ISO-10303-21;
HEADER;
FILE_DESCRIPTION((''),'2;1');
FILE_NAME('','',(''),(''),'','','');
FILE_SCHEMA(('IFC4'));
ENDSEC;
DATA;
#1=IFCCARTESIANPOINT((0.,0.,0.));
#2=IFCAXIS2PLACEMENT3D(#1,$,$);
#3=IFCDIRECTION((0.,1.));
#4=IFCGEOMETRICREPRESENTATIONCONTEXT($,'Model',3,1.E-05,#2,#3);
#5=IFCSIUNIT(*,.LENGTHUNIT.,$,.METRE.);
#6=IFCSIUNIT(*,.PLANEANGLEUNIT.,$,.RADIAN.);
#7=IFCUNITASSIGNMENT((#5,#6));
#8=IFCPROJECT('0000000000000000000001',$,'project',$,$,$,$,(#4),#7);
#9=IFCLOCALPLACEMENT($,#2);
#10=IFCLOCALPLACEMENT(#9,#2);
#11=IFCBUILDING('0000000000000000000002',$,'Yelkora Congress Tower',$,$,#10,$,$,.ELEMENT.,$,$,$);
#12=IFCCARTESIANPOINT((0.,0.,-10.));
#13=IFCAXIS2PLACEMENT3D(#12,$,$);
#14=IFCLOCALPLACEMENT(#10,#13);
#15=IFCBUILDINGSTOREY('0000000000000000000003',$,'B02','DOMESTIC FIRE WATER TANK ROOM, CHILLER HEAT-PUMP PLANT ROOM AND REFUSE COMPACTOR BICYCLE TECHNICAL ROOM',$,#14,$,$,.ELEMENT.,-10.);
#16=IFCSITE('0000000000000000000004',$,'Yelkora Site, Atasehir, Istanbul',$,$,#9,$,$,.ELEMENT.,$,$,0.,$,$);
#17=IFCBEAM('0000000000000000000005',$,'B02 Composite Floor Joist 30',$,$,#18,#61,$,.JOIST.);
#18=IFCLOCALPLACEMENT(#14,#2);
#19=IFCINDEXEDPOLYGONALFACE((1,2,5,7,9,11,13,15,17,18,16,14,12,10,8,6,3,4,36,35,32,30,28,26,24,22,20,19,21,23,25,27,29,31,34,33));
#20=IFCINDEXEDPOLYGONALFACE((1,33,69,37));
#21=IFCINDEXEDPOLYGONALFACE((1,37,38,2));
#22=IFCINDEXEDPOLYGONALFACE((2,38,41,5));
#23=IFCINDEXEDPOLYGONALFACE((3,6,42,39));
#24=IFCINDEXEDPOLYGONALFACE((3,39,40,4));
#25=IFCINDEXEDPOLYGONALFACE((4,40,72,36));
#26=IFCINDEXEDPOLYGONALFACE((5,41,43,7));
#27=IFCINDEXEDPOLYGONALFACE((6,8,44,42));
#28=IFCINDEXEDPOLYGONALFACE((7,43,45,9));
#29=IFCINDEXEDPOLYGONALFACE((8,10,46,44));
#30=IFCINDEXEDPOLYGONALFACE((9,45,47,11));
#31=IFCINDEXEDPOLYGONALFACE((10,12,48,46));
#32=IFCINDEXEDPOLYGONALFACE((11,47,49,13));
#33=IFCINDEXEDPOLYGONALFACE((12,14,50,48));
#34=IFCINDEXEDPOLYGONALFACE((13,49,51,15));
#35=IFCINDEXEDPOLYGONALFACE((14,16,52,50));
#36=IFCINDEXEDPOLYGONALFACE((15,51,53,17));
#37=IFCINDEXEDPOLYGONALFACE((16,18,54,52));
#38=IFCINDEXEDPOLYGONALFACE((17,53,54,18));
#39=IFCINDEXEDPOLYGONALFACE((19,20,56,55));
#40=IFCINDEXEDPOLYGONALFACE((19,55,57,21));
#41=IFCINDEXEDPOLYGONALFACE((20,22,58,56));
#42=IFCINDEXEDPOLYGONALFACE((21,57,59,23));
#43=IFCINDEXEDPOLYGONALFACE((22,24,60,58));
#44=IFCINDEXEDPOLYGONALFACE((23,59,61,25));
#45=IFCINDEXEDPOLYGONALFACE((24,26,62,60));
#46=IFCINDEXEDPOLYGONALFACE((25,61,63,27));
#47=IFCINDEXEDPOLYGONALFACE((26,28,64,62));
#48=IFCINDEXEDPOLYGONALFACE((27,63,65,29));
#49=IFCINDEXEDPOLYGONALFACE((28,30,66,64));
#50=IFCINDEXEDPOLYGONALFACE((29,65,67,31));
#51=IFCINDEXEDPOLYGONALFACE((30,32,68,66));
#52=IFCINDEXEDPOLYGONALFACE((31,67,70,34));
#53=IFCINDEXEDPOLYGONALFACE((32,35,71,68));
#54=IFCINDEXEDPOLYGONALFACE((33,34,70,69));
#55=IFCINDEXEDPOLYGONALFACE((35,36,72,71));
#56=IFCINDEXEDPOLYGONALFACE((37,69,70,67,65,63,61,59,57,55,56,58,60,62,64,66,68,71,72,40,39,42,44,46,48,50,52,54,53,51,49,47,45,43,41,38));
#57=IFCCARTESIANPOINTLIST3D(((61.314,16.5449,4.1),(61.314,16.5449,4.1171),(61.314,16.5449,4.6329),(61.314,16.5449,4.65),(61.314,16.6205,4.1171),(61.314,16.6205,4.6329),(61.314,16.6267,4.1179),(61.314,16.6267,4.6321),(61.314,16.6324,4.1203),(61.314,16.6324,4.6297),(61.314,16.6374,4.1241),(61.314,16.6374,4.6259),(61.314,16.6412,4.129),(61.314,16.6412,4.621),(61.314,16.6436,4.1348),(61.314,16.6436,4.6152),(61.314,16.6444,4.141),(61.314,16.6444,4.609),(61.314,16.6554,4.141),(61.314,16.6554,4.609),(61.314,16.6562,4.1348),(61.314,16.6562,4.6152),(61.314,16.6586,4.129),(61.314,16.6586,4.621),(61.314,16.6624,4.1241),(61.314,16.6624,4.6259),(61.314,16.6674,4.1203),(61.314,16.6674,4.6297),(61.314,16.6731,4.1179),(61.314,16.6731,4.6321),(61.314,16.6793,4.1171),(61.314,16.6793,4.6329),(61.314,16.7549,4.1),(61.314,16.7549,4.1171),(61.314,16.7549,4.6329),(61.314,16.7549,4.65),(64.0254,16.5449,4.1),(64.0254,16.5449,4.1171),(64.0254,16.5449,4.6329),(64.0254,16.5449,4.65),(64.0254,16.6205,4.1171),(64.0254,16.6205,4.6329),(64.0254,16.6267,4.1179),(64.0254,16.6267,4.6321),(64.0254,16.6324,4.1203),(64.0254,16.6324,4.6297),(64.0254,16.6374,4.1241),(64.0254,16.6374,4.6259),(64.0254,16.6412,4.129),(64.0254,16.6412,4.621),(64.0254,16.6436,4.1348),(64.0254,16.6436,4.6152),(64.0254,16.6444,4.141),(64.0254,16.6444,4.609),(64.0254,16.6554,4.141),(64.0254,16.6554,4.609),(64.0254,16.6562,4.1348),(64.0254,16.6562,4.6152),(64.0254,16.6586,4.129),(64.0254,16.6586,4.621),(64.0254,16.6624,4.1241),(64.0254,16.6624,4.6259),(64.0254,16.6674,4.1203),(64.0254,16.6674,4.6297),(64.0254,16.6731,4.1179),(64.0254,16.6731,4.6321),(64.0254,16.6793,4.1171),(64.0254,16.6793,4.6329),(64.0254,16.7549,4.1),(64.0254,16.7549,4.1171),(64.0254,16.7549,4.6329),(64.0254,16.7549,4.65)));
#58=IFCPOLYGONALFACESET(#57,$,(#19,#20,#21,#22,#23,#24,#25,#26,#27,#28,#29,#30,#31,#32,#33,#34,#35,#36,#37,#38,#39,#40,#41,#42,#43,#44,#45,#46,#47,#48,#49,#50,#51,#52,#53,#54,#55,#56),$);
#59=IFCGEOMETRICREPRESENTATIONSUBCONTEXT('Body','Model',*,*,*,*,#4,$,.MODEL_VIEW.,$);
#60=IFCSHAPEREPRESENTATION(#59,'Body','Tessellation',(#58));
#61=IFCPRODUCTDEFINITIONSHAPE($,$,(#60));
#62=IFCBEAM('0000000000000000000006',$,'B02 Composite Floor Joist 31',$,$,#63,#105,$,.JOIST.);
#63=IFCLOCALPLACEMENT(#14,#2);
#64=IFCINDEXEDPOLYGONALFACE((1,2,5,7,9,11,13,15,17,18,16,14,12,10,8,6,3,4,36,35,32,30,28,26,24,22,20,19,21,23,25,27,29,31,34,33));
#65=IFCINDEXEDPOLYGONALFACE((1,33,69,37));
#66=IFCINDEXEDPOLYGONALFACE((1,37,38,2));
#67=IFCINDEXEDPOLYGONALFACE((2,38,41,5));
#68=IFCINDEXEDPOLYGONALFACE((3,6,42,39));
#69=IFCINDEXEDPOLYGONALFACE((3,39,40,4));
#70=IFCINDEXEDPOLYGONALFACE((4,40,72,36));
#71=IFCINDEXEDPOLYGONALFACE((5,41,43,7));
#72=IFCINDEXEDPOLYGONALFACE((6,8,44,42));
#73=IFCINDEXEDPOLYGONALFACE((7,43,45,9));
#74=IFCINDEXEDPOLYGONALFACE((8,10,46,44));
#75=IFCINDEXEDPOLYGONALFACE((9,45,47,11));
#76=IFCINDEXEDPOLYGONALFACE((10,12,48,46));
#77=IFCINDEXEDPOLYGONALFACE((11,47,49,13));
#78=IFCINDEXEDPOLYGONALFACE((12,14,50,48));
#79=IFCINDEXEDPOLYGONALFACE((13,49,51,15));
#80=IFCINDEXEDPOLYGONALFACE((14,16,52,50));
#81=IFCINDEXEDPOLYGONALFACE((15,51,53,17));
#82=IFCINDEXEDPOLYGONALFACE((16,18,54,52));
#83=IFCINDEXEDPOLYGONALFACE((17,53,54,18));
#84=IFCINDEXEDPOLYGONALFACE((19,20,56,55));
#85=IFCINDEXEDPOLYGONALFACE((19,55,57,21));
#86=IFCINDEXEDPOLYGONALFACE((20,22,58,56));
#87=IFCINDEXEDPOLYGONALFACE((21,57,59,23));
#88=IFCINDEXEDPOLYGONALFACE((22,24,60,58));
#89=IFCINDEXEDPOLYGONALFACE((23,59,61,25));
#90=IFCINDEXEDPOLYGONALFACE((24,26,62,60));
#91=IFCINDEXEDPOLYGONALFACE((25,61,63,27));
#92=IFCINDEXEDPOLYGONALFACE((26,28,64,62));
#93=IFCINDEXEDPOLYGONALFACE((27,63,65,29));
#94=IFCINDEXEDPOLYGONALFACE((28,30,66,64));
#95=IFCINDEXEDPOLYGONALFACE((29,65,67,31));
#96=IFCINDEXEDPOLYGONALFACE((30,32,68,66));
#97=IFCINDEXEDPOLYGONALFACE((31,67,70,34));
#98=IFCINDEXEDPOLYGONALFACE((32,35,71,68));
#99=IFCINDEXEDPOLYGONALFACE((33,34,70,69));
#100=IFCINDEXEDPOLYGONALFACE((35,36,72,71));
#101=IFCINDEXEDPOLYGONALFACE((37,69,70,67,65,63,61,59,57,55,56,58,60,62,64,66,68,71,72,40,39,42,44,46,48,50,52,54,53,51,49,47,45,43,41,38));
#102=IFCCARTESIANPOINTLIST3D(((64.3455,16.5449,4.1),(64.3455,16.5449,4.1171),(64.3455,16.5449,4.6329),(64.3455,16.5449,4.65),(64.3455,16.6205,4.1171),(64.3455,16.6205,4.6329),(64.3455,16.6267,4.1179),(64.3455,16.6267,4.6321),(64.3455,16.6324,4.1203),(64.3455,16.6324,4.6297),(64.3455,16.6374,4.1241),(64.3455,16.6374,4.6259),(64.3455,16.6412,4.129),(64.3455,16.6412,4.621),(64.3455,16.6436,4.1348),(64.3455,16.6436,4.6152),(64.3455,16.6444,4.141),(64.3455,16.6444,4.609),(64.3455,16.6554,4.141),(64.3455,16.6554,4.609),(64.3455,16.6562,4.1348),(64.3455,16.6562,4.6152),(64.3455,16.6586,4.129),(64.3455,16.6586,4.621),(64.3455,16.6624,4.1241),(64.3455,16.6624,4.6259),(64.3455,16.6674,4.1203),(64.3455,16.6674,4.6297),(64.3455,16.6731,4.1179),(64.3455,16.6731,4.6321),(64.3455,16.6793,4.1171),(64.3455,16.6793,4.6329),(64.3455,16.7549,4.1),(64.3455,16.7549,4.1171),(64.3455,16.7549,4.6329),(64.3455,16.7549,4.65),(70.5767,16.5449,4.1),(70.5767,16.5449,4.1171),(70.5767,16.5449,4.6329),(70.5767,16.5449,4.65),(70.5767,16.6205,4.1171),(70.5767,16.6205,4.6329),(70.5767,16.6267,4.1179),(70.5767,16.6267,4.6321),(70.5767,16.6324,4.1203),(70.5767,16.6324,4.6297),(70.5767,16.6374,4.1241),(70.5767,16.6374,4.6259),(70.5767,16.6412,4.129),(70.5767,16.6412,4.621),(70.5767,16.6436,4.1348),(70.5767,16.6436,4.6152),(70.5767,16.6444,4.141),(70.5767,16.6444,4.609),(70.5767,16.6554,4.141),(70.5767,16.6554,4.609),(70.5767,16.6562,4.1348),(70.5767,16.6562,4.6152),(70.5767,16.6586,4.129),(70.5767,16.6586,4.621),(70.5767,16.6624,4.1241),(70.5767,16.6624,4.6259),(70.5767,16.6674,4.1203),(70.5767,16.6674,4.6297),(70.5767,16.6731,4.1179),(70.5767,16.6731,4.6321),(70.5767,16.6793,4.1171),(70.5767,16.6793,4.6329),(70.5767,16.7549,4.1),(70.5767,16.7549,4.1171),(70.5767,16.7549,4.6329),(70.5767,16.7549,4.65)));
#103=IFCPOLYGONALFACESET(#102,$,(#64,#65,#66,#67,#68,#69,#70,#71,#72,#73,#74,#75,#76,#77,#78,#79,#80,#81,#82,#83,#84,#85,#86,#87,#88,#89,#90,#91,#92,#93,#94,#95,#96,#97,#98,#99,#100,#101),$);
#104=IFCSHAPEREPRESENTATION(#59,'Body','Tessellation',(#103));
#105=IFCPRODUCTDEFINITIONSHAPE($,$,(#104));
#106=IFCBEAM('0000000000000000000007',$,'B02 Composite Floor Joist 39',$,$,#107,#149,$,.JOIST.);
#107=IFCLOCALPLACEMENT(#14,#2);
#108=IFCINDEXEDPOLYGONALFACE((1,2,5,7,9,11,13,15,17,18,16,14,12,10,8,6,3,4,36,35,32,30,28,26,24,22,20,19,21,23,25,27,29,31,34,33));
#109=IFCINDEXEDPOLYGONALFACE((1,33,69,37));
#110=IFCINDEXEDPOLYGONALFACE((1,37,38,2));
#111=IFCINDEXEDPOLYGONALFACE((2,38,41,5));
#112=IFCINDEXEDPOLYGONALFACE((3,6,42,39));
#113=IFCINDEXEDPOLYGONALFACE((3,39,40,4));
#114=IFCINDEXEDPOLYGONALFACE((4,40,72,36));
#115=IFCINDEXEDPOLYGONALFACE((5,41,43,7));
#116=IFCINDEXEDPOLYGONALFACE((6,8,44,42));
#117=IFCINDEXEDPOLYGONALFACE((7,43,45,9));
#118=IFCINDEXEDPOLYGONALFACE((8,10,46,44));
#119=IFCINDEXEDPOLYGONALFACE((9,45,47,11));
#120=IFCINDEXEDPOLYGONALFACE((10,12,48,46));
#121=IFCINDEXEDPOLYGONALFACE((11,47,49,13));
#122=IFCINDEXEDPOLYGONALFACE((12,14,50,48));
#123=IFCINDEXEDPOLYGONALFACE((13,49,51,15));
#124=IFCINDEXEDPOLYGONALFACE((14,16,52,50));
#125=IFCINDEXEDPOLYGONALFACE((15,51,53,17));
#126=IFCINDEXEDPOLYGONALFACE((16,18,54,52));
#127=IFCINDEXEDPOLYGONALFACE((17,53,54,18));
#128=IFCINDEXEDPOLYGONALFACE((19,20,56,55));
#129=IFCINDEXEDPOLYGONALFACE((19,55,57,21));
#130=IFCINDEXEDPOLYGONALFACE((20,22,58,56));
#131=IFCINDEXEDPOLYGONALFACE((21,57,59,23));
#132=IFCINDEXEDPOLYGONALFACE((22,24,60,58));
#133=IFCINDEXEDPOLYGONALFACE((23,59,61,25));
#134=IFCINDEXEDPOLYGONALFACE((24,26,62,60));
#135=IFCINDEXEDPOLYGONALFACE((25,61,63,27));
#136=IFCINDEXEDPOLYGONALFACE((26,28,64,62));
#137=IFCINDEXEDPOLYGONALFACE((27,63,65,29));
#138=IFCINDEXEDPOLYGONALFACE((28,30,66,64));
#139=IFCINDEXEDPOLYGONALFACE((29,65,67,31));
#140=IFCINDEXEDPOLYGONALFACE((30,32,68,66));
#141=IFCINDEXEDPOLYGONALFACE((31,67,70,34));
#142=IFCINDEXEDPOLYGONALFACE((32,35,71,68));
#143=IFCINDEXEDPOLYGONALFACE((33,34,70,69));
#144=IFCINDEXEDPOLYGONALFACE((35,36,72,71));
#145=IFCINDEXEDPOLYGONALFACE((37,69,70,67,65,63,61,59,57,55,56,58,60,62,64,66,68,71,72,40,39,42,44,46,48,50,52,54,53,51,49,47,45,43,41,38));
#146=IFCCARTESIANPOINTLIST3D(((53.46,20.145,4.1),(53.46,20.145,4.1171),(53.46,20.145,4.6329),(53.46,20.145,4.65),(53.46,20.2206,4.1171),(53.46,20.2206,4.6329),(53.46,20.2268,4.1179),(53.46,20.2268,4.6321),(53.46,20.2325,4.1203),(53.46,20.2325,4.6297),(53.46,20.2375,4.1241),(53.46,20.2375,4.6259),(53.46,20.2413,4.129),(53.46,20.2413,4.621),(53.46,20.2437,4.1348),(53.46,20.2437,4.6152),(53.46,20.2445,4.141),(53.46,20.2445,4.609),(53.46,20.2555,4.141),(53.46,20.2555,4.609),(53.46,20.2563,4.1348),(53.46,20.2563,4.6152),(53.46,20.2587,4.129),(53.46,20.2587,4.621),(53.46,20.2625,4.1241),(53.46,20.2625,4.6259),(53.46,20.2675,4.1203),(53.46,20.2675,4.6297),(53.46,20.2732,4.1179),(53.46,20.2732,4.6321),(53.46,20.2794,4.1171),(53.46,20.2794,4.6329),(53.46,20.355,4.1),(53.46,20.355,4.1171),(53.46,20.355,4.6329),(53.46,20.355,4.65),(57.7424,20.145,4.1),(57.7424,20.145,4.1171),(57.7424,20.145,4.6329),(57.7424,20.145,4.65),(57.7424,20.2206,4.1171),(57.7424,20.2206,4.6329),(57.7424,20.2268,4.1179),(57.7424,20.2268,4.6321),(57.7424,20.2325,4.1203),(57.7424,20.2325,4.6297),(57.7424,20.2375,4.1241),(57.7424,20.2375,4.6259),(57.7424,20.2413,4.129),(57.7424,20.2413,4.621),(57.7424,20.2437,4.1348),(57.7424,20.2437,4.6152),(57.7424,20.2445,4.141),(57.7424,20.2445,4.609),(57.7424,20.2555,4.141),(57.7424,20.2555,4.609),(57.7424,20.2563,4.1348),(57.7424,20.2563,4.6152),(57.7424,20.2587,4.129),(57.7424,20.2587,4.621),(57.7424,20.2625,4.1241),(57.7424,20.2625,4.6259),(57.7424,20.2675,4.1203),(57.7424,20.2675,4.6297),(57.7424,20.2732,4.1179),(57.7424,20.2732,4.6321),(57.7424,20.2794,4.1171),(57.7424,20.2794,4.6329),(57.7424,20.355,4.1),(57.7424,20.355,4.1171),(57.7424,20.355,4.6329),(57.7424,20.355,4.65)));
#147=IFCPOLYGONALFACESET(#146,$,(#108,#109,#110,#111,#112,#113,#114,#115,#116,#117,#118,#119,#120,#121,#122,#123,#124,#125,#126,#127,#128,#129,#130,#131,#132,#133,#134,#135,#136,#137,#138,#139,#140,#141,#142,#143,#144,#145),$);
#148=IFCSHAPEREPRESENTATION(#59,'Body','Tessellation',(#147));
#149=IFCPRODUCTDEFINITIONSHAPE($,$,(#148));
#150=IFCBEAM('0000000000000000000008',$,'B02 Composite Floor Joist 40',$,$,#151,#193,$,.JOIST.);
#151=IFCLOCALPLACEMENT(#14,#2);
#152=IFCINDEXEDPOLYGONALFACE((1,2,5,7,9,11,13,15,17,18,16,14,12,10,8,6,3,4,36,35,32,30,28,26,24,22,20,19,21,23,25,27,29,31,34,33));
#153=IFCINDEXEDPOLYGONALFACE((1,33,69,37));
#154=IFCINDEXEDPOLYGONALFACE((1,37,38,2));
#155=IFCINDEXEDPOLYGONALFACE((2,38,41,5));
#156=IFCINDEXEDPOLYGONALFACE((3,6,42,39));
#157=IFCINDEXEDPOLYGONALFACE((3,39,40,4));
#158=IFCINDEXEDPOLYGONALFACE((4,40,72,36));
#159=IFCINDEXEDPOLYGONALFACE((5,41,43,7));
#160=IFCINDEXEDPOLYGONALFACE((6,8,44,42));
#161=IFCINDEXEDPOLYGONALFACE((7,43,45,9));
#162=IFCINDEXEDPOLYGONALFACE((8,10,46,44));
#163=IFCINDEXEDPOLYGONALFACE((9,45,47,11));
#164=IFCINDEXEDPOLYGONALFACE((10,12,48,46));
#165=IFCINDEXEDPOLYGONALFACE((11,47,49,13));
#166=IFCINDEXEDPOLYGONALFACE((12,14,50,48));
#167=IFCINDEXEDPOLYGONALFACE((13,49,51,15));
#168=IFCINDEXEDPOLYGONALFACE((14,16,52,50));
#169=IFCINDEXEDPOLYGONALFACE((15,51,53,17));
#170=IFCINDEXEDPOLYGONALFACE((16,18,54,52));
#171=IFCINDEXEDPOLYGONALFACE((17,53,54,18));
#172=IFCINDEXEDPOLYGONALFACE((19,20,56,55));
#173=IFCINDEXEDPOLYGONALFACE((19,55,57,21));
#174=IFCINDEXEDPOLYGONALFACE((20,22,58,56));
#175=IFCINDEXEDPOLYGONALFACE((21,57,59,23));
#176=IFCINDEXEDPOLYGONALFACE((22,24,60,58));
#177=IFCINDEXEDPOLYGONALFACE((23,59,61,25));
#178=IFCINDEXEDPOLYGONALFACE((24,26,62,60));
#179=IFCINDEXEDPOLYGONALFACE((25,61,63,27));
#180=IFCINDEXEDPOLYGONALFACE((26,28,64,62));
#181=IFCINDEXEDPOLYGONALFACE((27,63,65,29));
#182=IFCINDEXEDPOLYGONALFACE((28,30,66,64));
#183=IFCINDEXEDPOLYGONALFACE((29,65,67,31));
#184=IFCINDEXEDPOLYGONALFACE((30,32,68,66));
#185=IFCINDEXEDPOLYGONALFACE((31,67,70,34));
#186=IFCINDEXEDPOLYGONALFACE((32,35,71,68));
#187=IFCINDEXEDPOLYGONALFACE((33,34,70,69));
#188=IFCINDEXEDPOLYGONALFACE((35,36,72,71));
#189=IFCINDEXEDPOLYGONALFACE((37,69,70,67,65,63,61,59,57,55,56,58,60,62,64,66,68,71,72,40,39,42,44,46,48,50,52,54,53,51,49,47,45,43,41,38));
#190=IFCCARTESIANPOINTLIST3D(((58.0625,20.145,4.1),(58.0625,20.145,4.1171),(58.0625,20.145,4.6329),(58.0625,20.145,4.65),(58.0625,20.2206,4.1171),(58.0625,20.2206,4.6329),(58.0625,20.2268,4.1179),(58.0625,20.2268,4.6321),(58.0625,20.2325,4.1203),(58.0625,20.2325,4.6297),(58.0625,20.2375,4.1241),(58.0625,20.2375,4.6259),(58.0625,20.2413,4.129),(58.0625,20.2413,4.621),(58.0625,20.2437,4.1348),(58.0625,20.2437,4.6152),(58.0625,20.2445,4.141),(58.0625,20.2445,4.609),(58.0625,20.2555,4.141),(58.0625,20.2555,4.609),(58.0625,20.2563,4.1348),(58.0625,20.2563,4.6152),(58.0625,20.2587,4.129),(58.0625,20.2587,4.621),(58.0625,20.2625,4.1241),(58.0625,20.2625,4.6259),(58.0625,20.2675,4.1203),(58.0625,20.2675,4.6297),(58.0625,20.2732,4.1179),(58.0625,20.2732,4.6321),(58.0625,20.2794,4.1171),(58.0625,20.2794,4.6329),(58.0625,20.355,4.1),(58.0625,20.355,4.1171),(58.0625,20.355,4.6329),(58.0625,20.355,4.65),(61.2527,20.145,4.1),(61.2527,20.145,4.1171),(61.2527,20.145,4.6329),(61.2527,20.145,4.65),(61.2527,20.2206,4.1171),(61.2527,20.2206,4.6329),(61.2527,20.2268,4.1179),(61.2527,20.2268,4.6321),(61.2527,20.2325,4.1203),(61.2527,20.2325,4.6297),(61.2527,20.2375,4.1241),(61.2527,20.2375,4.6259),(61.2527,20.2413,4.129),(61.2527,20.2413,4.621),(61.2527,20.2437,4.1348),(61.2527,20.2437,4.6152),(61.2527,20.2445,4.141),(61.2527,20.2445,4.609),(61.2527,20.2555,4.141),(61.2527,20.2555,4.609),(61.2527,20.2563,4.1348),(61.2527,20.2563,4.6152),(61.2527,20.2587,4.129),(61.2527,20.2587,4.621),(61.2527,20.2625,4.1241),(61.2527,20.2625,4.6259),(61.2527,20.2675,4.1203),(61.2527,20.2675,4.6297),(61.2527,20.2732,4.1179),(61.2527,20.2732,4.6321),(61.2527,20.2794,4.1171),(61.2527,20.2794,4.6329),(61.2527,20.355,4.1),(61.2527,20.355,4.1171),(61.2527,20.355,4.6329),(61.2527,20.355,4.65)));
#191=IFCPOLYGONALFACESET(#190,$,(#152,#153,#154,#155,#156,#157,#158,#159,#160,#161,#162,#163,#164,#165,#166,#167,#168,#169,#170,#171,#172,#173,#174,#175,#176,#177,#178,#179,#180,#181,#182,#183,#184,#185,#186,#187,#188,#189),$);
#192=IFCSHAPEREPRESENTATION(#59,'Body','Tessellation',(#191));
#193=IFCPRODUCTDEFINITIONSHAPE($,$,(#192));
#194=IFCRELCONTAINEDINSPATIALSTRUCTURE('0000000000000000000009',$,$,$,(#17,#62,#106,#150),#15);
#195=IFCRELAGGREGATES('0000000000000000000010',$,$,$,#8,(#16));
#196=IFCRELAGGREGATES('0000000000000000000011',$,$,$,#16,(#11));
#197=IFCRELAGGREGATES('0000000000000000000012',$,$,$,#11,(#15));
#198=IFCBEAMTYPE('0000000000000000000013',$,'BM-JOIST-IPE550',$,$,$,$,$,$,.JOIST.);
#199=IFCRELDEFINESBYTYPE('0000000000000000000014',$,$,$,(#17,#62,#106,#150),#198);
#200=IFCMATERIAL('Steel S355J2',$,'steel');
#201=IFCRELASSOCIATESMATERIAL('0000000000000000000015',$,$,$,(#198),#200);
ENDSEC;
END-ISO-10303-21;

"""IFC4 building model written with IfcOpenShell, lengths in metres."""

from ifc_helpers import new_model, si_unit, direction, frame, origin, origin_2d, place, context, subcontext, project, spatial, i_section, extrude, material, material_profile, profile_set, type_object, element, save


model = new_model("IFC4")

# Units and contexts
model_context = context("Model", 3, precision=1e-05, world=origin(), true_north=direction((0.0, 1.0)))
body_context = subcontext(model_context, "Body", "Model", "MODEL_VIEW")
ifc_project = project(units=[si_unit("LENGTHUNIT", "METRE"), si_unit("PLANEANGLEUNIT", "RADIAN")], contexts=[model_context])

# Site, building, storey
site_placement = place(None, origin())
site = spatial("IfcSite", under=ifc_project, at=site_placement, Name="Yelkora Site, Atasehir, Istanbul", CompositionType="ELEMENT", RefElevation=0.0)
building_placement = place(site_placement, origin())
building = spatial("IfcBuilding", under=site, at=building_placement, Name="Yelkora Congress Tower", CompositionType="ELEMENT")
storey_placement = place(building_placement, frame((0.0, 0.0, -10.0)))
storey = spatial("IfcBuildingStorey", under=building, at=storey_placement, Name="B02", Description="DOMESTIC FIRE WATER TANK ROOM, CHILLER HEAT-PUMP PLANT ROOM AND REFUSE COMPACTOR BICYCLE TECHNICAL ROOM", CompositionType="ELEMENT", Elevation=-10.0)

# Beams
ifc_material_1 = material(Name="Steel S355J2", Category="steel")
ifc_material_profile_1 = material_profile(ifc_material_1, i_section(OverallWidth=0.21, OverallDepth=0.55, WebThickness=0.011, FlangeThickness=0.0171, FilletRadius=0.0239, at=origin_2d()), Name="IPE 550")
ifc_profile_set_1 = profile_set([ifc_material_profile_1], Name="Steel S355J2")
beam_type_1 = type_object("IfcBeamType", Name="BM-JOIST-IPE550", PredefinedType="JOIST", material=ifc_profile_set_1)
for number, where, z_axis, x_axis, name in (
    (1, (61.314, 16.6499, 4.375), (1.0, 0.0, 0.0), (0.0, 1.0, 0.0), "B02 Composite Floor Joist 30"),
):
    element("IfcBeam", number, at=place(storey_placement, frame(where, z_axis=z_axis, x_axis=x_axis)), inside=storey, type_object=beam_type_1, Name=name, PredefinedType="JOIST", context=body_context, shape_type="SweptSolid", body=[
        extrude(i_section(OverallWidth=0.21, OverallDepth=0.55, WebThickness=0.011, FlangeThickness=0.0171, FilletRadius=0.0239, at=origin_2d()), origin(), (0.0, 0.0, 1.0), 2.7114),
    ])
beam_1_placement = place(storey_placement, frame((64.3455, 16.6499, 4.375), z_axis=(1.0, 0.0, 0.0), x_axis=(0.0, 1.0, 0.0)))
element("IfcBeam", 2, at=beam_1_placement, inside=storey, type_object=beam_type_1, Name="B02 Composite Floor Joist 31", PredefinedType="JOIST", context=body_context, shape_type="SweptSolid", body=[
    extrude(i_section(OverallWidth=0.21, OverallDepth=0.55, WebThickness=0.011, FlangeThickness=0.0171, FilletRadius=0.0239, at=origin_2d()), origin(), (0.0, 0.0, 1.0), 6.2312),
])
beam_2_placement = place(storey_placement, frame((53.46, 20.25, 4.375), z_axis=(1.0, 0.0, 0.0), x_axis=(0.0, 1.0, 0.0)))
element("IfcBeam", 3, at=beam_2_placement, inside=storey, type_object=beam_type_1, Name="B02 Composite Floor Joist 39", PredefinedType="JOIST", context=body_context, shape_type="SweptSolid", body=[
    extrude(i_section(OverallWidth=0.21, OverallDepth=0.55, WebThickness=0.011, FlangeThickness=0.0171, FilletRadius=0.0239, at=origin_2d()), origin(), (0.0, 0.0, 1.0), 4.2825),
])
beam_3_placement = place(storey_placement, frame((58.0625, 20.25, 4.375), z_axis=(1.0, 0.0, 0.0), x_axis=(0.0, 1.0, 0.0)))
element("IfcBeam", 4, at=beam_3_placement, inside=storey, type_object=beam_type_1, Name="B02 Composite Floor Joist 40", PredefinedType="JOIST", context=body_context, shape_type="SweptSolid", body=[
    extrude(i_section(OverallWidth=0.21, OverallDepth=0.55, WebThickness=0.011, FlangeThickness=0.0171, FilletRadius=0.0239, at=origin_2d()), origin(), (0.0, 0.0, 1.0), 3.1902),
])

save(model, "model.ifc")
